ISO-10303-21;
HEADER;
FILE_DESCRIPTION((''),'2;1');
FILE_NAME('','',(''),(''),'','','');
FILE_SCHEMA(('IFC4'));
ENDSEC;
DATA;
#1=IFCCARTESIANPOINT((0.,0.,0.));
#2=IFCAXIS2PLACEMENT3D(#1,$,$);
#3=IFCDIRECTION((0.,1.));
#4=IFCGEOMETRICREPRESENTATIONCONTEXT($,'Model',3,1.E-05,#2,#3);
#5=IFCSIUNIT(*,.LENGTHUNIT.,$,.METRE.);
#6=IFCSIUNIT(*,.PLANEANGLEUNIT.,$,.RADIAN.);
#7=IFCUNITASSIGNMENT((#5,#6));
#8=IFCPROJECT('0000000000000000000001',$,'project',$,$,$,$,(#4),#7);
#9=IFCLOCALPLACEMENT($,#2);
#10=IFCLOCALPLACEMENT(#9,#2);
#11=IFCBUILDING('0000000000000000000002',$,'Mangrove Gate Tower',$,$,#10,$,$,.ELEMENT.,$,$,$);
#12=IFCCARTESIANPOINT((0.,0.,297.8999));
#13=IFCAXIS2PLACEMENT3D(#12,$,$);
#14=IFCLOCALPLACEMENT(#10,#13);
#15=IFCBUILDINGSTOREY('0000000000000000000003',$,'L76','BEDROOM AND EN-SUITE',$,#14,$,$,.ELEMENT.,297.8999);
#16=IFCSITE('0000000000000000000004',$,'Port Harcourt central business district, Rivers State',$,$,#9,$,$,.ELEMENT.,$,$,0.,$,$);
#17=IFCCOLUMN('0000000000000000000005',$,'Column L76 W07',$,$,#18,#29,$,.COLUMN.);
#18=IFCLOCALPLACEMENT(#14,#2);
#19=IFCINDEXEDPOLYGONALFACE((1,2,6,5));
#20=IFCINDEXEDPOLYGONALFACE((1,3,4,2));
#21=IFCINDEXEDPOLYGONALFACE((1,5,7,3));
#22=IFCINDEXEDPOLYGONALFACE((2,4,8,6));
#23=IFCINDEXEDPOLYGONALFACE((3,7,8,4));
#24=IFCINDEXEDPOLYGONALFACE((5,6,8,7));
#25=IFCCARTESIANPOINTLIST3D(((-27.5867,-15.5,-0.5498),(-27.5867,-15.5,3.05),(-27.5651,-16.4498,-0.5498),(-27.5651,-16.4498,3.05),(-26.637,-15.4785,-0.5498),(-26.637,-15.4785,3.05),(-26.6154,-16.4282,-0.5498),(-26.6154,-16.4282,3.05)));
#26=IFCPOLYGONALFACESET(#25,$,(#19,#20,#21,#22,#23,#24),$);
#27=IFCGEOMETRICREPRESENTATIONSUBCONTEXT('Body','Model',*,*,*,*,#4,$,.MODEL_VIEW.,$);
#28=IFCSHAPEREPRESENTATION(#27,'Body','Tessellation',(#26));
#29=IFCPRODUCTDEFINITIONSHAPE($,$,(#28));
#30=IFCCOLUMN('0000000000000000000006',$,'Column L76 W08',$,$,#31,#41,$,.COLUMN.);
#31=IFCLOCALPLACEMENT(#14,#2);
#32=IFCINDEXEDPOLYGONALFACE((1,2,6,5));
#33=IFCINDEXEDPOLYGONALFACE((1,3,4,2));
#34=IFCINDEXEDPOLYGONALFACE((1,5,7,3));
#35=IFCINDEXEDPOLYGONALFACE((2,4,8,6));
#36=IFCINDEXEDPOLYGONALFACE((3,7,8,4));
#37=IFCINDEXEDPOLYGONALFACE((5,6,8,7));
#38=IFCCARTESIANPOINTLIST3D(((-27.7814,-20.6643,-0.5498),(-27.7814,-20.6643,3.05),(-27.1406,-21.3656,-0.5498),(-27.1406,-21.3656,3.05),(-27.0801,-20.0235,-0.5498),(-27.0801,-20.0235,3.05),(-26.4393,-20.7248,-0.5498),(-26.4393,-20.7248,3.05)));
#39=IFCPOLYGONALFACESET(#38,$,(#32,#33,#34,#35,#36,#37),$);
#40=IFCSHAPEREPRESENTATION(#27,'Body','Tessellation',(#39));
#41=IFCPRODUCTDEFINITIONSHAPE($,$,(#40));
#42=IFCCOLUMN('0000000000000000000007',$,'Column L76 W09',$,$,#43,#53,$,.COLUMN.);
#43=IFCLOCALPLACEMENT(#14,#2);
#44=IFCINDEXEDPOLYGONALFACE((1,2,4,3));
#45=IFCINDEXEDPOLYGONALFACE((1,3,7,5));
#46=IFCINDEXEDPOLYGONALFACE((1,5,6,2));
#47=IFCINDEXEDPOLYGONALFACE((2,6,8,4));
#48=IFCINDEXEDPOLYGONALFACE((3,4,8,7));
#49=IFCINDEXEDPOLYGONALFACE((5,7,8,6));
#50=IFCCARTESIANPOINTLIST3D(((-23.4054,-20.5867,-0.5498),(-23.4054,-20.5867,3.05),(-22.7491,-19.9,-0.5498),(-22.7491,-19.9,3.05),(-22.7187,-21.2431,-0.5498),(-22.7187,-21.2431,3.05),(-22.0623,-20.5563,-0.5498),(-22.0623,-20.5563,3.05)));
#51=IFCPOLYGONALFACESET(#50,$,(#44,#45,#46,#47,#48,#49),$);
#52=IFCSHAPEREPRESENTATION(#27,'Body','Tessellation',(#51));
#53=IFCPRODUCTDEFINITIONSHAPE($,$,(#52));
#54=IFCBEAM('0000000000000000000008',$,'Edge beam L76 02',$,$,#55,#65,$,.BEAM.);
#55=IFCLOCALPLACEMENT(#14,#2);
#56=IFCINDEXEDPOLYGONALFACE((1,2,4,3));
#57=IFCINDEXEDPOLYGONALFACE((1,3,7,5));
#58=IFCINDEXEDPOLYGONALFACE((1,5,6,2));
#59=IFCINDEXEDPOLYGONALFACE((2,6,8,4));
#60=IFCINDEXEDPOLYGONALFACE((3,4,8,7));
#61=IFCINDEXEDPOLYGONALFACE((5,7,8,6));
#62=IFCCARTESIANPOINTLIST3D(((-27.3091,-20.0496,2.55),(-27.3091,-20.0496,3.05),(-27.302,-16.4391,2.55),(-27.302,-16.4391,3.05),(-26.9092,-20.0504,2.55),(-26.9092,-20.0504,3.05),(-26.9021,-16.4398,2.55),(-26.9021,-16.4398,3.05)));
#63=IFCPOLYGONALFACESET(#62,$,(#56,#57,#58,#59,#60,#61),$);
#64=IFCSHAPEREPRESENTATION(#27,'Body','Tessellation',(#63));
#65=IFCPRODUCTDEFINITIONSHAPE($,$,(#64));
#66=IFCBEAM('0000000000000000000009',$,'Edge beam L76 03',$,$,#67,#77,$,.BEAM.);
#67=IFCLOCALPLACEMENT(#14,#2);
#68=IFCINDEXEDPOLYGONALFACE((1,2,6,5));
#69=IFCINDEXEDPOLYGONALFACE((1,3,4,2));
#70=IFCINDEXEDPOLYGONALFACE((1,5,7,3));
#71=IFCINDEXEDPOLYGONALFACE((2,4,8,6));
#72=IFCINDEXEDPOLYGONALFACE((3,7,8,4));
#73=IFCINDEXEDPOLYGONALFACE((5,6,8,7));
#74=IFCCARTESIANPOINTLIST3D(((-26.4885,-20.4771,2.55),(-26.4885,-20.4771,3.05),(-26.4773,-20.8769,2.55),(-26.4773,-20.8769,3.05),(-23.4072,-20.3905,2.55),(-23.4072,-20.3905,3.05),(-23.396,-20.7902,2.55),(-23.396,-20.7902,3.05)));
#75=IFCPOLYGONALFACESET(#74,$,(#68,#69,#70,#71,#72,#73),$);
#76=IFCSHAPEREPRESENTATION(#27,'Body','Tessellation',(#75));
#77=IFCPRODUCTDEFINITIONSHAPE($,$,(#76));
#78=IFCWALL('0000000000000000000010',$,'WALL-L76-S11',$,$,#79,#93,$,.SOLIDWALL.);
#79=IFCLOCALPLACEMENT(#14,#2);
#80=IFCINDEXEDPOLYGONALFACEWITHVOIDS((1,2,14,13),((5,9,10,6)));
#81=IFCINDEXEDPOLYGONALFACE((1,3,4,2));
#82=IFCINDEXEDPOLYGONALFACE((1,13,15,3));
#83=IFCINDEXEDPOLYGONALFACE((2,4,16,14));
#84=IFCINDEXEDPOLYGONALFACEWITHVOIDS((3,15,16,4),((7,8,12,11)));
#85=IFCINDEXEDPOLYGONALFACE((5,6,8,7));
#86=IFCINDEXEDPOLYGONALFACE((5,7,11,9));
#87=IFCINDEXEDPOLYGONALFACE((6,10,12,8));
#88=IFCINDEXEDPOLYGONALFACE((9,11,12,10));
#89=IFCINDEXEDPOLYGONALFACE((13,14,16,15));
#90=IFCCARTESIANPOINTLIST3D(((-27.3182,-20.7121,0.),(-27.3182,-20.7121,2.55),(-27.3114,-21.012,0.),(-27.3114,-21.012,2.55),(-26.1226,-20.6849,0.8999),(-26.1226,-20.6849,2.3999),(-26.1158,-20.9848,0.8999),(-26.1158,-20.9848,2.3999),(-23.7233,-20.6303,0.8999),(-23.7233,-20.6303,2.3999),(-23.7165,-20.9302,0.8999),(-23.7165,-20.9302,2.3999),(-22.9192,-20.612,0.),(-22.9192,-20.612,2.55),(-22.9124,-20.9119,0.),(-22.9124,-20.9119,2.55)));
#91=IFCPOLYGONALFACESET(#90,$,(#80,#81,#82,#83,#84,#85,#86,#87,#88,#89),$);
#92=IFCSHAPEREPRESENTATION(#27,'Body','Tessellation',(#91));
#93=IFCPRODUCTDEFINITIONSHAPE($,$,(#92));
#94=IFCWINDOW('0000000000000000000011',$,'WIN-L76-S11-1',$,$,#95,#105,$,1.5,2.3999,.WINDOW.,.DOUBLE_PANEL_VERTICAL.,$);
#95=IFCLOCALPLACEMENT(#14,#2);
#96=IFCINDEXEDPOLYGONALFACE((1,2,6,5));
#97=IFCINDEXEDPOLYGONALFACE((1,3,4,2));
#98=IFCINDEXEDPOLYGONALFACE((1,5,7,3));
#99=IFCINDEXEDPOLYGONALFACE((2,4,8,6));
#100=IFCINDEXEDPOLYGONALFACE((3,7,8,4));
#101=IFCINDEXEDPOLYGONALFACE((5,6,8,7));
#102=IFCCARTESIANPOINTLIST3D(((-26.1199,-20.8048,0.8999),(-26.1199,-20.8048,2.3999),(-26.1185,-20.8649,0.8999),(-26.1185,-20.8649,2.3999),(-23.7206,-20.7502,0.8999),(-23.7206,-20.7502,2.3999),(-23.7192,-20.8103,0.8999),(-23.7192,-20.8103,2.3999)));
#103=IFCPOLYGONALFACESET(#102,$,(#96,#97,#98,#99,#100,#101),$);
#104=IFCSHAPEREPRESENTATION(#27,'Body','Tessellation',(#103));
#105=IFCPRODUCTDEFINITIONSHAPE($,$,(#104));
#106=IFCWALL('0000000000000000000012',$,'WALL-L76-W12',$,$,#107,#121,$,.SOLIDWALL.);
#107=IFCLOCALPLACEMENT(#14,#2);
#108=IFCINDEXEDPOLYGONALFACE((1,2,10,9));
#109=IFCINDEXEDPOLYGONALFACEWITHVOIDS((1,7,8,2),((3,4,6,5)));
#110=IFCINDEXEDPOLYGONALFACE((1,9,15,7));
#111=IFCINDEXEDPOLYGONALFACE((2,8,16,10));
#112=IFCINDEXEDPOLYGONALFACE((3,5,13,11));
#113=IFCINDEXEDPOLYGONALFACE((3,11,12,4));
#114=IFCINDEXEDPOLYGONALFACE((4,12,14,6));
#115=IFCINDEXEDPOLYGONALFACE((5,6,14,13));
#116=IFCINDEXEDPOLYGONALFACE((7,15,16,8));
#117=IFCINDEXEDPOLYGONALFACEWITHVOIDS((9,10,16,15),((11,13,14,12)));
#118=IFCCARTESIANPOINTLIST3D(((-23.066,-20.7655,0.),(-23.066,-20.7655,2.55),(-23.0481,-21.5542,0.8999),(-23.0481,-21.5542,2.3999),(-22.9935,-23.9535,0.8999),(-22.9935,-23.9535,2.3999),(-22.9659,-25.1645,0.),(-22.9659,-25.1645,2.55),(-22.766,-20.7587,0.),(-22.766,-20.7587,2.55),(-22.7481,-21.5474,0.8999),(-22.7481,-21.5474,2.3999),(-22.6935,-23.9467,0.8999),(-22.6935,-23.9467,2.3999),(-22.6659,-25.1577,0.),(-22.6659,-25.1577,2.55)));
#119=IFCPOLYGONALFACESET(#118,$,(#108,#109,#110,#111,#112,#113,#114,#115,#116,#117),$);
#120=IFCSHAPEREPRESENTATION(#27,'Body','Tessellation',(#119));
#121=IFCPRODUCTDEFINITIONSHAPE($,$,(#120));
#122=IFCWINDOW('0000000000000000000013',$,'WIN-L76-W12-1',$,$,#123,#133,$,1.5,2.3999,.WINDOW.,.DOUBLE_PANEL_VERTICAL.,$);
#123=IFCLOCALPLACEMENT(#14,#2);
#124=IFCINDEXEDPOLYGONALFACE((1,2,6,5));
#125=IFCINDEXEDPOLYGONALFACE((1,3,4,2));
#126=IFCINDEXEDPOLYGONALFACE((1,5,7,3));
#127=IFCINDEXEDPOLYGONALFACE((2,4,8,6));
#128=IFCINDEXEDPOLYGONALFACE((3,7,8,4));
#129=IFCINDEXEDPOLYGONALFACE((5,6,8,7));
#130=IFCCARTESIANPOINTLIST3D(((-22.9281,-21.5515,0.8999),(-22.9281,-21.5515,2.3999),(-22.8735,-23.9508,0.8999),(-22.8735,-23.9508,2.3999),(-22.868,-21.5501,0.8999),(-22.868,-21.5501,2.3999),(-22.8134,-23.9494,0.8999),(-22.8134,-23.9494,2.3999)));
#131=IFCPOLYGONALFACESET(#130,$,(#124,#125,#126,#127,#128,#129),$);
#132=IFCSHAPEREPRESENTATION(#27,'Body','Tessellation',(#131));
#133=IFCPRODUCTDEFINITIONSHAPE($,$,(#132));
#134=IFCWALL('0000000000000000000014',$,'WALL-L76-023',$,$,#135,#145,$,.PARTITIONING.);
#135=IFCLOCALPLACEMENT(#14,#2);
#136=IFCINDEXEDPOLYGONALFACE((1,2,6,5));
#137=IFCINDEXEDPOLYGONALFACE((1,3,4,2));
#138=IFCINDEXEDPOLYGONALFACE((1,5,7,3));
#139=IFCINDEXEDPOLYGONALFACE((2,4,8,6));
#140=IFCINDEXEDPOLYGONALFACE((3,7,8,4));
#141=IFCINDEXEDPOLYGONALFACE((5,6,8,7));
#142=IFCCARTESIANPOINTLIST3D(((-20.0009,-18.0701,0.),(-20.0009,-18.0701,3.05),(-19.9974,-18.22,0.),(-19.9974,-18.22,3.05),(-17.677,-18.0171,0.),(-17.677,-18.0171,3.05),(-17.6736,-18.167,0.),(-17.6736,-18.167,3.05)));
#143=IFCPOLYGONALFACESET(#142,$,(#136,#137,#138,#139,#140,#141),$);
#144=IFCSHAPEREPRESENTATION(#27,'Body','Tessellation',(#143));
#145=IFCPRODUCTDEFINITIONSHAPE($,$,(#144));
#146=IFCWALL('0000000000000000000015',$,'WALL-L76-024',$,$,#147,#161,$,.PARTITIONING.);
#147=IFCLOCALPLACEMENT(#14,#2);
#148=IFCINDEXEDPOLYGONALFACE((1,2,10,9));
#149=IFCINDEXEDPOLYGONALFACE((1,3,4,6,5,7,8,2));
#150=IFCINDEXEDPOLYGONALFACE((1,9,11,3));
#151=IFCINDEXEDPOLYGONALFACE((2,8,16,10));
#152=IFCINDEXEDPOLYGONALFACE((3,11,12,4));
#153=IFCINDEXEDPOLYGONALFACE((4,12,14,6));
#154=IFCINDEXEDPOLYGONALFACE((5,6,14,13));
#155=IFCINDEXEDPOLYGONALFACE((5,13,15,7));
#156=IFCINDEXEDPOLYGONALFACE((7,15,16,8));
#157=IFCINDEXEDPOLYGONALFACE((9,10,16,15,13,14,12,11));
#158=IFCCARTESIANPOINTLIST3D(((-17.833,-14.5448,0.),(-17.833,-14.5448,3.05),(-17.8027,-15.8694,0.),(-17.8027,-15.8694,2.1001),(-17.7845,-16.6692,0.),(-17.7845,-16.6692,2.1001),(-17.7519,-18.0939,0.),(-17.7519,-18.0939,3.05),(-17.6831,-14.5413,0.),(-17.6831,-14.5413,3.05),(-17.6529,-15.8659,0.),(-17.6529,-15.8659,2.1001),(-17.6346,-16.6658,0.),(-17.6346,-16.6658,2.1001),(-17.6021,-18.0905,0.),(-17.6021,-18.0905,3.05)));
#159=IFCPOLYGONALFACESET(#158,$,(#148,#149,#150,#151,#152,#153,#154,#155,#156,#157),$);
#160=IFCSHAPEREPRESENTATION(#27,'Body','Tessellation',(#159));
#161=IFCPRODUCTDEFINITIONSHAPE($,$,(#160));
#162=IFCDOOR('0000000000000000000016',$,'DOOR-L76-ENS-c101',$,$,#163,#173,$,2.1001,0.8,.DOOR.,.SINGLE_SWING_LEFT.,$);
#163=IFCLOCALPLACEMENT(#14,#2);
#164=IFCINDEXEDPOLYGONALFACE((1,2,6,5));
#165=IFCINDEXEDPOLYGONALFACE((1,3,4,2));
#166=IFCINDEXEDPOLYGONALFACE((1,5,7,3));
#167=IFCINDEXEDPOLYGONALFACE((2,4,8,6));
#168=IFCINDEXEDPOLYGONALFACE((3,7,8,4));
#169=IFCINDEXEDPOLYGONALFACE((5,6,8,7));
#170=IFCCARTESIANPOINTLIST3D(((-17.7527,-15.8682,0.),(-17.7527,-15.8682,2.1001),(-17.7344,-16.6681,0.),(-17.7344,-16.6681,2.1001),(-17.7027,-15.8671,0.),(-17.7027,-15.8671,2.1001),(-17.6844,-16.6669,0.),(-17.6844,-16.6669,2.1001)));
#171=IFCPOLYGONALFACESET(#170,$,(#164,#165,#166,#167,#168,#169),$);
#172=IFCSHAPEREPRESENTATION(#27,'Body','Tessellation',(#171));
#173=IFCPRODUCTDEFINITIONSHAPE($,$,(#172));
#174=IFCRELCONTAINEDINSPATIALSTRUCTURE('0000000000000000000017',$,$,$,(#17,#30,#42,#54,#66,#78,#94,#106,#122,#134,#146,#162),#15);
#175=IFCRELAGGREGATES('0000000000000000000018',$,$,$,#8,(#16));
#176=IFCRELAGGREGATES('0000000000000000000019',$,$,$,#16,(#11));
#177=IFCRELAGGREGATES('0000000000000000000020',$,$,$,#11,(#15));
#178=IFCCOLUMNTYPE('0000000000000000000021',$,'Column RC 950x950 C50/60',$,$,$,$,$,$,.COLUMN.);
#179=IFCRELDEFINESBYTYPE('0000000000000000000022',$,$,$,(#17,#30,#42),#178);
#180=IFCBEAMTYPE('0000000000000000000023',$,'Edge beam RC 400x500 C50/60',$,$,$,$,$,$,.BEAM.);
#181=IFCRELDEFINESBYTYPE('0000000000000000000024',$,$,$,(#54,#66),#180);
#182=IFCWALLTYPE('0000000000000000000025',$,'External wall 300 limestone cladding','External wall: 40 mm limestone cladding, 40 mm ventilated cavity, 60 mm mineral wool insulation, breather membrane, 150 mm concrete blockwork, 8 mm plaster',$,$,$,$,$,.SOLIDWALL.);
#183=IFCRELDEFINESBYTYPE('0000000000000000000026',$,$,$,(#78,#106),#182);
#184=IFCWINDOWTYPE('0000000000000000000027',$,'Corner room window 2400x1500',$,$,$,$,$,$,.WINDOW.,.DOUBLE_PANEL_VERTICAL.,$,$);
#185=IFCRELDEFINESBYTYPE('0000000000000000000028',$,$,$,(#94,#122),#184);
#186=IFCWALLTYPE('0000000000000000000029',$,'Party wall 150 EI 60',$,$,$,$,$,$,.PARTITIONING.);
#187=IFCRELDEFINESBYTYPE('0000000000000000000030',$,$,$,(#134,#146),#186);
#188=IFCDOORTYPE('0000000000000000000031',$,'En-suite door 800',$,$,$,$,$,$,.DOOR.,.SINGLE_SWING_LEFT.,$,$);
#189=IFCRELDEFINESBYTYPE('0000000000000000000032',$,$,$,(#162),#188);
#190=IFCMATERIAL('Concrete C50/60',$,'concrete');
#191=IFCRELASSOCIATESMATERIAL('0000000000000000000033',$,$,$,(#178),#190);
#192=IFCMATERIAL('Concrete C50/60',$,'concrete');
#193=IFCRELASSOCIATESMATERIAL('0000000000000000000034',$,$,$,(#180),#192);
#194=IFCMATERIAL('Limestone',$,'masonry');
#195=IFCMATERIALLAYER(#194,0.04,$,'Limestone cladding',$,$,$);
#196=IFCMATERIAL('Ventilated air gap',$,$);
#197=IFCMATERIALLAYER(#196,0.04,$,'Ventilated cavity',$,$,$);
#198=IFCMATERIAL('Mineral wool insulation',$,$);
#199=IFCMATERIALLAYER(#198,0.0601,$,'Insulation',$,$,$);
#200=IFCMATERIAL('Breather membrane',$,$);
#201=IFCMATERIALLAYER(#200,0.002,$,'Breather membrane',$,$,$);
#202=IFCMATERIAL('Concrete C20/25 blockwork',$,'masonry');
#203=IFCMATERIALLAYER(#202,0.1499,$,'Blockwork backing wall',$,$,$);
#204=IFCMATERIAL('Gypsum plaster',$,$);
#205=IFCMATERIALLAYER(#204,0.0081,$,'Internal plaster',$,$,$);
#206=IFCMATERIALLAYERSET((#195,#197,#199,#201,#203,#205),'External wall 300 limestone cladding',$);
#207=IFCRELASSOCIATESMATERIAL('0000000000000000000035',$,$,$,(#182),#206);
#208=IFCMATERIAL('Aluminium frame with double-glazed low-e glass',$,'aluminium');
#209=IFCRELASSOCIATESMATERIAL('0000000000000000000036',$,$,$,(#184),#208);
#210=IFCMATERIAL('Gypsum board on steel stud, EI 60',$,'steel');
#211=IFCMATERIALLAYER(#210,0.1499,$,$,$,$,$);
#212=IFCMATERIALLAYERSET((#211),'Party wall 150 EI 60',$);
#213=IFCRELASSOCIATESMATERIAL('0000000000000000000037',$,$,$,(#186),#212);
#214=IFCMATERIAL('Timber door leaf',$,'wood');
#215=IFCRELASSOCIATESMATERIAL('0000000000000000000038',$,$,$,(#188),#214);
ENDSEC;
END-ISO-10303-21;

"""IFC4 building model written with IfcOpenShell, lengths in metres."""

from ifc_helpers import new_model, si_unit, direction, frame, frame_2d, origin, origin_2d, place, context, subcontext, project, spatial, rectangle, extrude, material, layer, layer_set, material_profile, profile_set, type_object, element, fill, save


model = new_model("IFC4")

# Units and contexts
model_context = context("Model", 3, precision=1e-05, world=origin(), true_north=direction((0.0, 1.0)))
body_context = subcontext(model_context, "Body", "Model", "MODEL_VIEW")
ifc_project = project(units=[si_unit("LENGTHUNIT", "METRE"), si_unit("PLANEANGLEUNIT", "RADIAN")], contexts=[model_context])

# Site, building, storey
site_placement = place(None, origin())
site = spatial("IfcSite", under=ifc_project, at=site_placement, Name="Port Harcourt central business district, Rivers State", CompositionType="ELEMENT", RefElevation=0.0)
building_placement = place(site_placement, origin())
building = spatial("IfcBuilding", under=site, at=building_placement, Name="Mangrove Gate Tower", CompositionType="ELEMENT")
storey_placement = place(building_placement, frame((0.0, 0.0, 297.8999)))
storey = spatial("IfcBuildingStorey", under=building, at=storey_placement, Name="L76", Description="BEDROOM AND EN-SUITE", CompositionType="ELEMENT", Elevation=297.8999)

# Columns
ifc_material_1 = material(Name="Concrete C50/60", Category="concrete")
ifc_material_profile_1 = material_profile(ifc_material_1, rectangle(XDim=0.95, YDim=0.95, at=origin_2d()))
ifc_profile_set_1 = profile_set([ifc_material_profile_1], Name="Concrete C50/60")
column_type = type_object("IfcColumnType", Name="Column RC 950x950 C50/60", PredefinedType="COLUMN", material=ifc_profile_set_1)
for number, where, z_axis, x_axis, name in (
    (1, (-27.1011, -15.9641, -0.5498), (0.0, 0.0, 1.0), (0.022712, -0.999742, 0.0), "Column L76 W07"),
    (2, (-27.1104, -20.6946, -0.5498), (0.0, 0.0, 1.0), (0.67456, -0.73822, 0.0), "Column L76 W08"),
    (3, (-22.7339, -20.5715, -0.5498), (0.0, 0.0, 1.0), (0.722918, -0.690934, 0.0), "Column L76 W09"),
):
    element("IfcColumn", number, at=place(storey_placement, frame(where, z_axis=z_axis, x_axis=x_axis)), inside=storey, type_object=column_type, Name=name, PredefinedType="COLUMN", context=body_context, shape_type="SweptSolid", body=[
        extrude(rectangle(XDim=0.95, YDim=0.95, at=origin_2d()), origin(), (0.0, 0.0, 1.0), 3.5999),
    ])

# Beams
ifc_material_2 = material(Name="Concrete C50/60", Category="concrete")
ifc_material_profile_2 = material_profile(ifc_material_2, rectangle(XDim=0.3999, YDim=0.5, at=origin_2d()))
ifc_profile_set_2 = profile_set([ifc_material_profile_2], Name="Concrete C50/60")
beam_type = type_object("IfcBeamType", Name="Edge beam RC 400x500 C50/60", PredefinedType="BEAM", material=ifc_profile_set_2)
beam_1_placement = place(storey_placement, frame((-27.1021, -16.4395, 2.8), z_axis=(-0.001961, -0.999998, 0.0), x_axis=(0.999998, -0.001961, 0.0)))
element("IfcBeam", 4, at=beam_1_placement, inside=storey, type_object=beam_type, Name="Edge beam L76 02", PredefinedType="BEAM", context=body_context, shape_type="SweptSolid", body=[
    extrude(rectangle(XDim=0.3999, YDim=0.5, at=origin_2d()), origin(), (0.0, 0.0, 1.0), 3.6106),
])
beam_2_placement = place(storey_placement, frame((-26.4829, -20.677, 2.8), z_axis=(0.999605, 0.028117, 0.0), x_axis=(-0.028117, 0.999605, 0.0)))
element("IfcBeam", 5, at=beam_2_placement, inside=storey, type_object=beam_type, Name="Edge beam L76 03", PredefinedType="BEAM", context=body_context, shape_type="SweptSolid", body=[
    extrude(rectangle(XDim=0.3999, YDim=0.5, at=origin_2d()), origin(), (0.0, 0.0, 1.0), 3.0825),
])

# Walls, openings, windows
ifc_material_3 = material(Name="Limestone", Category="masonry")
ifc_layer_1 = layer(ifc_material_3, 0.04, Name="Limestone cladding")
ifc_material_4 = material(Name="Ventilated air gap")
ifc_layer_2 = layer(ifc_material_4, 0.04, Name="Ventilated cavity")
ifc_material_5 = material(Name="Mineral wool insulation")
ifc_layer_3 = layer(ifc_material_5, 0.0601, Name="Insulation")
ifc_material_6 = material(Name="Breather membrane")
ifc_layer_4 = layer(ifc_material_6, 0.002, Name="Breather membrane")
ifc_material_7 = material(Name="Concrete C20/25 blockwork", Category="masonry")
ifc_layer_5 = layer(ifc_material_7, 0.1499, Name="Blockwork backing wall")
ifc_material_8 = material(Name="Gypsum plaster")
ifc_layer_6 = layer(ifc_material_8, 0.0081, Name="Internal plaster")
ifc_layer_set_1 = layer_set([ifc_layer_1, ifc_layer_2, ifc_layer_3, ifc_layer_4, ifc_layer_5, ifc_layer_6], Name="External wall 300 limestone cladding")
wall_type_1 = type_object("IfcWallType", Name="External wall 300 limestone cladding", Description="External wall: 40 mm limestone cladding, 40 mm ventilated cavity, 60 mm mineral wool insulation, breather membrane, 150 mm concrete blockwork, 8 mm plaster", PredefinedType="SOLIDWALL", material=ifc_layer_set_1)
wall_1_placement = place(storey_placement, frame((-27.3149, -20.8621, 0.0), z_axis=(0.0, 0.0, 1.0), x_axis=(0.999741, 0.022749, 0.0)))
wall_1 = element("IfcWall", 6, at=wall_1_placement, inside=storey, type_object=wall_type_1, Name="WALL-L76-S11", PredefinedType="SOLIDWALL", context=body_context, shape_type="SweptSolid", body=[
    extrude(rectangle(XDim=4.4001, YDim=0.3, at=frame_2d((2.2002, 0.0))), origin(), (0.0, 0.0, 1.0), 2.55),
])
opening_1_placement = place(wall_1_placement, frame((1.196, 0.0, 0.8999)))
opening_1 = element("IfcOpeningElement", 7, at=opening_1_placement, cuts=wall_1, PredefinedType="OPENING", context=body_context, shape_type="SweptSolid", body=[
    extrude(rectangle(XDim=2.3999, YDim=1.5, at=frame_2d((1.2, 0.75))), frame((0.0, 0.1599, 0.0), z_axis=(0.0, -1.0, 0.0), x_axis=(1.0, 0.0, 0.0)), (0.0, 0.0, 1.0), 0.3201),
])
ifc_material_9 = material(Name="Aluminium frame with double-glazed low-e glass", Category="aluminium")
window_type = type_object("IfcWindowType", Name="Corner room window 2400x1500", PartitioningType="DOUBLE_PANEL_VERTICAL", PredefinedType="WINDOW", material=ifc_material_9)
window_1_placement = place(opening_1_placement, origin())
window_1 = element("IfcWindow", 8, at=window_1_placement, inside=storey, type_object=window_type, Name="WIN-L76-S11-1", OverallHeight=1.5, OverallWidth=2.3999, PartitioningType="DOUBLE_PANEL_VERTICAL", PredefinedType="WINDOW", context=body_context, shape_type="SweptSolid", body=[
    extrude(rectangle(XDim=2.3999, YDim=1.5, at=frame_2d((1.2, 0.75))), frame((0.0, 0.03, 0.0), z_axis=(0.0, -1.0, 0.0), x_axis=(1.0, 0.0, 0.0)), (0.0, 0.0, 1.0), 0.0601),
])
fill(opening_1, window_1)
wall_2_placement = place(storey_placement, frame((-22.916, -20.762, 0.0), z_axis=(0.0, 0.0, 1.0), x_axis=(0.022749, -0.999741, 0.0)))
wall_2 = element("IfcWall", 9, at=wall_2_placement, inside=storey, type_object=wall_type_1, Name="WALL-L76-W12", PredefinedType="SOLIDWALL", context=body_context, shape_type="SweptSolid", body=[
    extrude(rectangle(XDim=4.4001, YDim=0.3, at=frame_2d((2.2002, 0.0))), origin(), (0.0, 0.0, 1.0), 2.55),
])
opening_2_placement = place(wall_2_placement, frame((0.7891, 0.0, 0.8999)))
opening_2 = element("IfcOpeningElement", 10, at=opening_2_placement, cuts=wall_2, PredefinedType="OPENING", context=body_context, shape_type="SweptSolid", body=[
    extrude(rectangle(XDim=2.3999, YDim=1.5, at=frame_2d((1.2, 0.75))), frame((0.0, 0.1599, 0.0), z_axis=(0.0, -1.0, 0.0), x_axis=(1.0, 0.0, 0.0)), (0.0, 0.0, 1.0), 0.3201),
])
window_2_placement = place(opening_2_placement, origin())
window_2 = element("IfcWindow", 11, at=window_2_placement, inside=storey, type_object=window_type, Name="WIN-L76-W12-1", OverallHeight=1.5, OverallWidth=2.3999, PartitioningType="DOUBLE_PANEL_VERTICAL", PredefinedType="WINDOW", context=body_context, shape_type="SweptSolid", body=[
    extrude(rectangle(XDim=2.3999, YDim=1.5, at=frame_2d((1.2, 0.75))), frame((0.0, 0.03, 0.0), z_axis=(0.0, -1.0, 0.0), x_axis=(1.0, 0.0, 0.0)), (0.0, 0.0, 1.0), 0.0601),
])
fill(opening_2, window_2)

# Wall
ifc_material_10 = material(Name="Gypsum board on steel stud, EI 60", Category="steel")
ifc_layer_7 = layer(ifc_material_10, 0.1499)
ifc_layer_set_2 = layer_set([ifc_layer_7], Name="Party wall 150 EI 60")
wall_type_2 = type_object("IfcWallType", Name="Party wall 150 EI 60", PredefinedType="PARTITIONING", material=ifc_layer_set_2)
wall_3_placement = place(storey_placement, frame((-19.999, -18.145, 0.0), z_axis=(0.0, 0.0, 1.0), x_axis=(0.99974, 0.022791, 0.0)))
element("IfcWall", 12, at=wall_3_placement, inside=storey, type_object=wall_type_2, Name="WALL-L76-023", PredefinedType="PARTITIONING", context=body_context, shape_type="SweptSolid", body=[
    extrude(rectangle(XDim=2.3245, YDim=0.1499, at=frame_2d((1.1621, 0.0))), origin(), (0.0, 0.0, 1.0), 3.05),
])

# Wall, opening, door
wall_4_placement = place(storey_placement, frame((-17.677, -18.092, 0.0), z_axis=(0.0, 0.0, 1.0), x_axis=(-0.022832, 0.999739, 0.0)))
wall_4 = element("IfcWall", 13, at=wall_4_placement, inside=storey, type_object=wall_type_2, Name="WALL-L76-024", PredefinedType="PARTITIONING", context=body_context, shape_type="SweptSolid", body=[
    extrude(rectangle(XDim=3.55, YDim=0.1499, at=frame_2d((1.7749, 0.0))), origin(), (0.0, 0.0, 1.0), 3.05),
])
opening_3_placement = place(wall_4_placement, frame((1.425, 0.0, 0.0)))
opening_3 = element("IfcOpeningElement", 14, at=opening_3_placement, cuts=wall_4, PredefinedType="OPENING", context=body_context, shape_type="SweptSolid", body=[
    extrude(rectangle(XDim=0.8, YDim=2.1001, at=frame_2d((0.3999, 1.05))), frame((0.0, 0.085, 0.0), z_axis=(0.0, -1.0, 0.0), x_axis=(1.0, 0.0, 0.0)), (0.0, 0.0, 1.0), 0.1699),
])
ifc_material_11 = material(Name="Timber door leaf", Category="wood")
door_type = type_object("IfcDoorType", Name="En-suite door 800", OperationType="SINGLE_SWING_LEFT", PredefinedType="DOOR", material=ifc_material_11)
door_placement = place(opening_3_placement, origin())
door = element("IfcDoor", 15, at=door_placement, inside=storey, type_object=door_type, Name="DOOR-L76-ENS-c101", OperationType="SINGLE_SWING_LEFT", OverallHeight=2.1001, OverallWidth=0.8, PredefinedType="DOOR", context=body_context, shape_type="SweptSolid", body=[
    extrude(rectangle(XDim=0.8, YDim=2.1001, at=frame_2d((0.3999, 1.05))), frame((0.0, 0.0249, 0.0), z_axis=(0.0, -1.0, 0.0), x_axis=(1.0, 0.0, 0.0)), (0.0, 0.0, 1.0), 0.05),
])
fill(opening_3, door)

save(model, "model.ifc")
